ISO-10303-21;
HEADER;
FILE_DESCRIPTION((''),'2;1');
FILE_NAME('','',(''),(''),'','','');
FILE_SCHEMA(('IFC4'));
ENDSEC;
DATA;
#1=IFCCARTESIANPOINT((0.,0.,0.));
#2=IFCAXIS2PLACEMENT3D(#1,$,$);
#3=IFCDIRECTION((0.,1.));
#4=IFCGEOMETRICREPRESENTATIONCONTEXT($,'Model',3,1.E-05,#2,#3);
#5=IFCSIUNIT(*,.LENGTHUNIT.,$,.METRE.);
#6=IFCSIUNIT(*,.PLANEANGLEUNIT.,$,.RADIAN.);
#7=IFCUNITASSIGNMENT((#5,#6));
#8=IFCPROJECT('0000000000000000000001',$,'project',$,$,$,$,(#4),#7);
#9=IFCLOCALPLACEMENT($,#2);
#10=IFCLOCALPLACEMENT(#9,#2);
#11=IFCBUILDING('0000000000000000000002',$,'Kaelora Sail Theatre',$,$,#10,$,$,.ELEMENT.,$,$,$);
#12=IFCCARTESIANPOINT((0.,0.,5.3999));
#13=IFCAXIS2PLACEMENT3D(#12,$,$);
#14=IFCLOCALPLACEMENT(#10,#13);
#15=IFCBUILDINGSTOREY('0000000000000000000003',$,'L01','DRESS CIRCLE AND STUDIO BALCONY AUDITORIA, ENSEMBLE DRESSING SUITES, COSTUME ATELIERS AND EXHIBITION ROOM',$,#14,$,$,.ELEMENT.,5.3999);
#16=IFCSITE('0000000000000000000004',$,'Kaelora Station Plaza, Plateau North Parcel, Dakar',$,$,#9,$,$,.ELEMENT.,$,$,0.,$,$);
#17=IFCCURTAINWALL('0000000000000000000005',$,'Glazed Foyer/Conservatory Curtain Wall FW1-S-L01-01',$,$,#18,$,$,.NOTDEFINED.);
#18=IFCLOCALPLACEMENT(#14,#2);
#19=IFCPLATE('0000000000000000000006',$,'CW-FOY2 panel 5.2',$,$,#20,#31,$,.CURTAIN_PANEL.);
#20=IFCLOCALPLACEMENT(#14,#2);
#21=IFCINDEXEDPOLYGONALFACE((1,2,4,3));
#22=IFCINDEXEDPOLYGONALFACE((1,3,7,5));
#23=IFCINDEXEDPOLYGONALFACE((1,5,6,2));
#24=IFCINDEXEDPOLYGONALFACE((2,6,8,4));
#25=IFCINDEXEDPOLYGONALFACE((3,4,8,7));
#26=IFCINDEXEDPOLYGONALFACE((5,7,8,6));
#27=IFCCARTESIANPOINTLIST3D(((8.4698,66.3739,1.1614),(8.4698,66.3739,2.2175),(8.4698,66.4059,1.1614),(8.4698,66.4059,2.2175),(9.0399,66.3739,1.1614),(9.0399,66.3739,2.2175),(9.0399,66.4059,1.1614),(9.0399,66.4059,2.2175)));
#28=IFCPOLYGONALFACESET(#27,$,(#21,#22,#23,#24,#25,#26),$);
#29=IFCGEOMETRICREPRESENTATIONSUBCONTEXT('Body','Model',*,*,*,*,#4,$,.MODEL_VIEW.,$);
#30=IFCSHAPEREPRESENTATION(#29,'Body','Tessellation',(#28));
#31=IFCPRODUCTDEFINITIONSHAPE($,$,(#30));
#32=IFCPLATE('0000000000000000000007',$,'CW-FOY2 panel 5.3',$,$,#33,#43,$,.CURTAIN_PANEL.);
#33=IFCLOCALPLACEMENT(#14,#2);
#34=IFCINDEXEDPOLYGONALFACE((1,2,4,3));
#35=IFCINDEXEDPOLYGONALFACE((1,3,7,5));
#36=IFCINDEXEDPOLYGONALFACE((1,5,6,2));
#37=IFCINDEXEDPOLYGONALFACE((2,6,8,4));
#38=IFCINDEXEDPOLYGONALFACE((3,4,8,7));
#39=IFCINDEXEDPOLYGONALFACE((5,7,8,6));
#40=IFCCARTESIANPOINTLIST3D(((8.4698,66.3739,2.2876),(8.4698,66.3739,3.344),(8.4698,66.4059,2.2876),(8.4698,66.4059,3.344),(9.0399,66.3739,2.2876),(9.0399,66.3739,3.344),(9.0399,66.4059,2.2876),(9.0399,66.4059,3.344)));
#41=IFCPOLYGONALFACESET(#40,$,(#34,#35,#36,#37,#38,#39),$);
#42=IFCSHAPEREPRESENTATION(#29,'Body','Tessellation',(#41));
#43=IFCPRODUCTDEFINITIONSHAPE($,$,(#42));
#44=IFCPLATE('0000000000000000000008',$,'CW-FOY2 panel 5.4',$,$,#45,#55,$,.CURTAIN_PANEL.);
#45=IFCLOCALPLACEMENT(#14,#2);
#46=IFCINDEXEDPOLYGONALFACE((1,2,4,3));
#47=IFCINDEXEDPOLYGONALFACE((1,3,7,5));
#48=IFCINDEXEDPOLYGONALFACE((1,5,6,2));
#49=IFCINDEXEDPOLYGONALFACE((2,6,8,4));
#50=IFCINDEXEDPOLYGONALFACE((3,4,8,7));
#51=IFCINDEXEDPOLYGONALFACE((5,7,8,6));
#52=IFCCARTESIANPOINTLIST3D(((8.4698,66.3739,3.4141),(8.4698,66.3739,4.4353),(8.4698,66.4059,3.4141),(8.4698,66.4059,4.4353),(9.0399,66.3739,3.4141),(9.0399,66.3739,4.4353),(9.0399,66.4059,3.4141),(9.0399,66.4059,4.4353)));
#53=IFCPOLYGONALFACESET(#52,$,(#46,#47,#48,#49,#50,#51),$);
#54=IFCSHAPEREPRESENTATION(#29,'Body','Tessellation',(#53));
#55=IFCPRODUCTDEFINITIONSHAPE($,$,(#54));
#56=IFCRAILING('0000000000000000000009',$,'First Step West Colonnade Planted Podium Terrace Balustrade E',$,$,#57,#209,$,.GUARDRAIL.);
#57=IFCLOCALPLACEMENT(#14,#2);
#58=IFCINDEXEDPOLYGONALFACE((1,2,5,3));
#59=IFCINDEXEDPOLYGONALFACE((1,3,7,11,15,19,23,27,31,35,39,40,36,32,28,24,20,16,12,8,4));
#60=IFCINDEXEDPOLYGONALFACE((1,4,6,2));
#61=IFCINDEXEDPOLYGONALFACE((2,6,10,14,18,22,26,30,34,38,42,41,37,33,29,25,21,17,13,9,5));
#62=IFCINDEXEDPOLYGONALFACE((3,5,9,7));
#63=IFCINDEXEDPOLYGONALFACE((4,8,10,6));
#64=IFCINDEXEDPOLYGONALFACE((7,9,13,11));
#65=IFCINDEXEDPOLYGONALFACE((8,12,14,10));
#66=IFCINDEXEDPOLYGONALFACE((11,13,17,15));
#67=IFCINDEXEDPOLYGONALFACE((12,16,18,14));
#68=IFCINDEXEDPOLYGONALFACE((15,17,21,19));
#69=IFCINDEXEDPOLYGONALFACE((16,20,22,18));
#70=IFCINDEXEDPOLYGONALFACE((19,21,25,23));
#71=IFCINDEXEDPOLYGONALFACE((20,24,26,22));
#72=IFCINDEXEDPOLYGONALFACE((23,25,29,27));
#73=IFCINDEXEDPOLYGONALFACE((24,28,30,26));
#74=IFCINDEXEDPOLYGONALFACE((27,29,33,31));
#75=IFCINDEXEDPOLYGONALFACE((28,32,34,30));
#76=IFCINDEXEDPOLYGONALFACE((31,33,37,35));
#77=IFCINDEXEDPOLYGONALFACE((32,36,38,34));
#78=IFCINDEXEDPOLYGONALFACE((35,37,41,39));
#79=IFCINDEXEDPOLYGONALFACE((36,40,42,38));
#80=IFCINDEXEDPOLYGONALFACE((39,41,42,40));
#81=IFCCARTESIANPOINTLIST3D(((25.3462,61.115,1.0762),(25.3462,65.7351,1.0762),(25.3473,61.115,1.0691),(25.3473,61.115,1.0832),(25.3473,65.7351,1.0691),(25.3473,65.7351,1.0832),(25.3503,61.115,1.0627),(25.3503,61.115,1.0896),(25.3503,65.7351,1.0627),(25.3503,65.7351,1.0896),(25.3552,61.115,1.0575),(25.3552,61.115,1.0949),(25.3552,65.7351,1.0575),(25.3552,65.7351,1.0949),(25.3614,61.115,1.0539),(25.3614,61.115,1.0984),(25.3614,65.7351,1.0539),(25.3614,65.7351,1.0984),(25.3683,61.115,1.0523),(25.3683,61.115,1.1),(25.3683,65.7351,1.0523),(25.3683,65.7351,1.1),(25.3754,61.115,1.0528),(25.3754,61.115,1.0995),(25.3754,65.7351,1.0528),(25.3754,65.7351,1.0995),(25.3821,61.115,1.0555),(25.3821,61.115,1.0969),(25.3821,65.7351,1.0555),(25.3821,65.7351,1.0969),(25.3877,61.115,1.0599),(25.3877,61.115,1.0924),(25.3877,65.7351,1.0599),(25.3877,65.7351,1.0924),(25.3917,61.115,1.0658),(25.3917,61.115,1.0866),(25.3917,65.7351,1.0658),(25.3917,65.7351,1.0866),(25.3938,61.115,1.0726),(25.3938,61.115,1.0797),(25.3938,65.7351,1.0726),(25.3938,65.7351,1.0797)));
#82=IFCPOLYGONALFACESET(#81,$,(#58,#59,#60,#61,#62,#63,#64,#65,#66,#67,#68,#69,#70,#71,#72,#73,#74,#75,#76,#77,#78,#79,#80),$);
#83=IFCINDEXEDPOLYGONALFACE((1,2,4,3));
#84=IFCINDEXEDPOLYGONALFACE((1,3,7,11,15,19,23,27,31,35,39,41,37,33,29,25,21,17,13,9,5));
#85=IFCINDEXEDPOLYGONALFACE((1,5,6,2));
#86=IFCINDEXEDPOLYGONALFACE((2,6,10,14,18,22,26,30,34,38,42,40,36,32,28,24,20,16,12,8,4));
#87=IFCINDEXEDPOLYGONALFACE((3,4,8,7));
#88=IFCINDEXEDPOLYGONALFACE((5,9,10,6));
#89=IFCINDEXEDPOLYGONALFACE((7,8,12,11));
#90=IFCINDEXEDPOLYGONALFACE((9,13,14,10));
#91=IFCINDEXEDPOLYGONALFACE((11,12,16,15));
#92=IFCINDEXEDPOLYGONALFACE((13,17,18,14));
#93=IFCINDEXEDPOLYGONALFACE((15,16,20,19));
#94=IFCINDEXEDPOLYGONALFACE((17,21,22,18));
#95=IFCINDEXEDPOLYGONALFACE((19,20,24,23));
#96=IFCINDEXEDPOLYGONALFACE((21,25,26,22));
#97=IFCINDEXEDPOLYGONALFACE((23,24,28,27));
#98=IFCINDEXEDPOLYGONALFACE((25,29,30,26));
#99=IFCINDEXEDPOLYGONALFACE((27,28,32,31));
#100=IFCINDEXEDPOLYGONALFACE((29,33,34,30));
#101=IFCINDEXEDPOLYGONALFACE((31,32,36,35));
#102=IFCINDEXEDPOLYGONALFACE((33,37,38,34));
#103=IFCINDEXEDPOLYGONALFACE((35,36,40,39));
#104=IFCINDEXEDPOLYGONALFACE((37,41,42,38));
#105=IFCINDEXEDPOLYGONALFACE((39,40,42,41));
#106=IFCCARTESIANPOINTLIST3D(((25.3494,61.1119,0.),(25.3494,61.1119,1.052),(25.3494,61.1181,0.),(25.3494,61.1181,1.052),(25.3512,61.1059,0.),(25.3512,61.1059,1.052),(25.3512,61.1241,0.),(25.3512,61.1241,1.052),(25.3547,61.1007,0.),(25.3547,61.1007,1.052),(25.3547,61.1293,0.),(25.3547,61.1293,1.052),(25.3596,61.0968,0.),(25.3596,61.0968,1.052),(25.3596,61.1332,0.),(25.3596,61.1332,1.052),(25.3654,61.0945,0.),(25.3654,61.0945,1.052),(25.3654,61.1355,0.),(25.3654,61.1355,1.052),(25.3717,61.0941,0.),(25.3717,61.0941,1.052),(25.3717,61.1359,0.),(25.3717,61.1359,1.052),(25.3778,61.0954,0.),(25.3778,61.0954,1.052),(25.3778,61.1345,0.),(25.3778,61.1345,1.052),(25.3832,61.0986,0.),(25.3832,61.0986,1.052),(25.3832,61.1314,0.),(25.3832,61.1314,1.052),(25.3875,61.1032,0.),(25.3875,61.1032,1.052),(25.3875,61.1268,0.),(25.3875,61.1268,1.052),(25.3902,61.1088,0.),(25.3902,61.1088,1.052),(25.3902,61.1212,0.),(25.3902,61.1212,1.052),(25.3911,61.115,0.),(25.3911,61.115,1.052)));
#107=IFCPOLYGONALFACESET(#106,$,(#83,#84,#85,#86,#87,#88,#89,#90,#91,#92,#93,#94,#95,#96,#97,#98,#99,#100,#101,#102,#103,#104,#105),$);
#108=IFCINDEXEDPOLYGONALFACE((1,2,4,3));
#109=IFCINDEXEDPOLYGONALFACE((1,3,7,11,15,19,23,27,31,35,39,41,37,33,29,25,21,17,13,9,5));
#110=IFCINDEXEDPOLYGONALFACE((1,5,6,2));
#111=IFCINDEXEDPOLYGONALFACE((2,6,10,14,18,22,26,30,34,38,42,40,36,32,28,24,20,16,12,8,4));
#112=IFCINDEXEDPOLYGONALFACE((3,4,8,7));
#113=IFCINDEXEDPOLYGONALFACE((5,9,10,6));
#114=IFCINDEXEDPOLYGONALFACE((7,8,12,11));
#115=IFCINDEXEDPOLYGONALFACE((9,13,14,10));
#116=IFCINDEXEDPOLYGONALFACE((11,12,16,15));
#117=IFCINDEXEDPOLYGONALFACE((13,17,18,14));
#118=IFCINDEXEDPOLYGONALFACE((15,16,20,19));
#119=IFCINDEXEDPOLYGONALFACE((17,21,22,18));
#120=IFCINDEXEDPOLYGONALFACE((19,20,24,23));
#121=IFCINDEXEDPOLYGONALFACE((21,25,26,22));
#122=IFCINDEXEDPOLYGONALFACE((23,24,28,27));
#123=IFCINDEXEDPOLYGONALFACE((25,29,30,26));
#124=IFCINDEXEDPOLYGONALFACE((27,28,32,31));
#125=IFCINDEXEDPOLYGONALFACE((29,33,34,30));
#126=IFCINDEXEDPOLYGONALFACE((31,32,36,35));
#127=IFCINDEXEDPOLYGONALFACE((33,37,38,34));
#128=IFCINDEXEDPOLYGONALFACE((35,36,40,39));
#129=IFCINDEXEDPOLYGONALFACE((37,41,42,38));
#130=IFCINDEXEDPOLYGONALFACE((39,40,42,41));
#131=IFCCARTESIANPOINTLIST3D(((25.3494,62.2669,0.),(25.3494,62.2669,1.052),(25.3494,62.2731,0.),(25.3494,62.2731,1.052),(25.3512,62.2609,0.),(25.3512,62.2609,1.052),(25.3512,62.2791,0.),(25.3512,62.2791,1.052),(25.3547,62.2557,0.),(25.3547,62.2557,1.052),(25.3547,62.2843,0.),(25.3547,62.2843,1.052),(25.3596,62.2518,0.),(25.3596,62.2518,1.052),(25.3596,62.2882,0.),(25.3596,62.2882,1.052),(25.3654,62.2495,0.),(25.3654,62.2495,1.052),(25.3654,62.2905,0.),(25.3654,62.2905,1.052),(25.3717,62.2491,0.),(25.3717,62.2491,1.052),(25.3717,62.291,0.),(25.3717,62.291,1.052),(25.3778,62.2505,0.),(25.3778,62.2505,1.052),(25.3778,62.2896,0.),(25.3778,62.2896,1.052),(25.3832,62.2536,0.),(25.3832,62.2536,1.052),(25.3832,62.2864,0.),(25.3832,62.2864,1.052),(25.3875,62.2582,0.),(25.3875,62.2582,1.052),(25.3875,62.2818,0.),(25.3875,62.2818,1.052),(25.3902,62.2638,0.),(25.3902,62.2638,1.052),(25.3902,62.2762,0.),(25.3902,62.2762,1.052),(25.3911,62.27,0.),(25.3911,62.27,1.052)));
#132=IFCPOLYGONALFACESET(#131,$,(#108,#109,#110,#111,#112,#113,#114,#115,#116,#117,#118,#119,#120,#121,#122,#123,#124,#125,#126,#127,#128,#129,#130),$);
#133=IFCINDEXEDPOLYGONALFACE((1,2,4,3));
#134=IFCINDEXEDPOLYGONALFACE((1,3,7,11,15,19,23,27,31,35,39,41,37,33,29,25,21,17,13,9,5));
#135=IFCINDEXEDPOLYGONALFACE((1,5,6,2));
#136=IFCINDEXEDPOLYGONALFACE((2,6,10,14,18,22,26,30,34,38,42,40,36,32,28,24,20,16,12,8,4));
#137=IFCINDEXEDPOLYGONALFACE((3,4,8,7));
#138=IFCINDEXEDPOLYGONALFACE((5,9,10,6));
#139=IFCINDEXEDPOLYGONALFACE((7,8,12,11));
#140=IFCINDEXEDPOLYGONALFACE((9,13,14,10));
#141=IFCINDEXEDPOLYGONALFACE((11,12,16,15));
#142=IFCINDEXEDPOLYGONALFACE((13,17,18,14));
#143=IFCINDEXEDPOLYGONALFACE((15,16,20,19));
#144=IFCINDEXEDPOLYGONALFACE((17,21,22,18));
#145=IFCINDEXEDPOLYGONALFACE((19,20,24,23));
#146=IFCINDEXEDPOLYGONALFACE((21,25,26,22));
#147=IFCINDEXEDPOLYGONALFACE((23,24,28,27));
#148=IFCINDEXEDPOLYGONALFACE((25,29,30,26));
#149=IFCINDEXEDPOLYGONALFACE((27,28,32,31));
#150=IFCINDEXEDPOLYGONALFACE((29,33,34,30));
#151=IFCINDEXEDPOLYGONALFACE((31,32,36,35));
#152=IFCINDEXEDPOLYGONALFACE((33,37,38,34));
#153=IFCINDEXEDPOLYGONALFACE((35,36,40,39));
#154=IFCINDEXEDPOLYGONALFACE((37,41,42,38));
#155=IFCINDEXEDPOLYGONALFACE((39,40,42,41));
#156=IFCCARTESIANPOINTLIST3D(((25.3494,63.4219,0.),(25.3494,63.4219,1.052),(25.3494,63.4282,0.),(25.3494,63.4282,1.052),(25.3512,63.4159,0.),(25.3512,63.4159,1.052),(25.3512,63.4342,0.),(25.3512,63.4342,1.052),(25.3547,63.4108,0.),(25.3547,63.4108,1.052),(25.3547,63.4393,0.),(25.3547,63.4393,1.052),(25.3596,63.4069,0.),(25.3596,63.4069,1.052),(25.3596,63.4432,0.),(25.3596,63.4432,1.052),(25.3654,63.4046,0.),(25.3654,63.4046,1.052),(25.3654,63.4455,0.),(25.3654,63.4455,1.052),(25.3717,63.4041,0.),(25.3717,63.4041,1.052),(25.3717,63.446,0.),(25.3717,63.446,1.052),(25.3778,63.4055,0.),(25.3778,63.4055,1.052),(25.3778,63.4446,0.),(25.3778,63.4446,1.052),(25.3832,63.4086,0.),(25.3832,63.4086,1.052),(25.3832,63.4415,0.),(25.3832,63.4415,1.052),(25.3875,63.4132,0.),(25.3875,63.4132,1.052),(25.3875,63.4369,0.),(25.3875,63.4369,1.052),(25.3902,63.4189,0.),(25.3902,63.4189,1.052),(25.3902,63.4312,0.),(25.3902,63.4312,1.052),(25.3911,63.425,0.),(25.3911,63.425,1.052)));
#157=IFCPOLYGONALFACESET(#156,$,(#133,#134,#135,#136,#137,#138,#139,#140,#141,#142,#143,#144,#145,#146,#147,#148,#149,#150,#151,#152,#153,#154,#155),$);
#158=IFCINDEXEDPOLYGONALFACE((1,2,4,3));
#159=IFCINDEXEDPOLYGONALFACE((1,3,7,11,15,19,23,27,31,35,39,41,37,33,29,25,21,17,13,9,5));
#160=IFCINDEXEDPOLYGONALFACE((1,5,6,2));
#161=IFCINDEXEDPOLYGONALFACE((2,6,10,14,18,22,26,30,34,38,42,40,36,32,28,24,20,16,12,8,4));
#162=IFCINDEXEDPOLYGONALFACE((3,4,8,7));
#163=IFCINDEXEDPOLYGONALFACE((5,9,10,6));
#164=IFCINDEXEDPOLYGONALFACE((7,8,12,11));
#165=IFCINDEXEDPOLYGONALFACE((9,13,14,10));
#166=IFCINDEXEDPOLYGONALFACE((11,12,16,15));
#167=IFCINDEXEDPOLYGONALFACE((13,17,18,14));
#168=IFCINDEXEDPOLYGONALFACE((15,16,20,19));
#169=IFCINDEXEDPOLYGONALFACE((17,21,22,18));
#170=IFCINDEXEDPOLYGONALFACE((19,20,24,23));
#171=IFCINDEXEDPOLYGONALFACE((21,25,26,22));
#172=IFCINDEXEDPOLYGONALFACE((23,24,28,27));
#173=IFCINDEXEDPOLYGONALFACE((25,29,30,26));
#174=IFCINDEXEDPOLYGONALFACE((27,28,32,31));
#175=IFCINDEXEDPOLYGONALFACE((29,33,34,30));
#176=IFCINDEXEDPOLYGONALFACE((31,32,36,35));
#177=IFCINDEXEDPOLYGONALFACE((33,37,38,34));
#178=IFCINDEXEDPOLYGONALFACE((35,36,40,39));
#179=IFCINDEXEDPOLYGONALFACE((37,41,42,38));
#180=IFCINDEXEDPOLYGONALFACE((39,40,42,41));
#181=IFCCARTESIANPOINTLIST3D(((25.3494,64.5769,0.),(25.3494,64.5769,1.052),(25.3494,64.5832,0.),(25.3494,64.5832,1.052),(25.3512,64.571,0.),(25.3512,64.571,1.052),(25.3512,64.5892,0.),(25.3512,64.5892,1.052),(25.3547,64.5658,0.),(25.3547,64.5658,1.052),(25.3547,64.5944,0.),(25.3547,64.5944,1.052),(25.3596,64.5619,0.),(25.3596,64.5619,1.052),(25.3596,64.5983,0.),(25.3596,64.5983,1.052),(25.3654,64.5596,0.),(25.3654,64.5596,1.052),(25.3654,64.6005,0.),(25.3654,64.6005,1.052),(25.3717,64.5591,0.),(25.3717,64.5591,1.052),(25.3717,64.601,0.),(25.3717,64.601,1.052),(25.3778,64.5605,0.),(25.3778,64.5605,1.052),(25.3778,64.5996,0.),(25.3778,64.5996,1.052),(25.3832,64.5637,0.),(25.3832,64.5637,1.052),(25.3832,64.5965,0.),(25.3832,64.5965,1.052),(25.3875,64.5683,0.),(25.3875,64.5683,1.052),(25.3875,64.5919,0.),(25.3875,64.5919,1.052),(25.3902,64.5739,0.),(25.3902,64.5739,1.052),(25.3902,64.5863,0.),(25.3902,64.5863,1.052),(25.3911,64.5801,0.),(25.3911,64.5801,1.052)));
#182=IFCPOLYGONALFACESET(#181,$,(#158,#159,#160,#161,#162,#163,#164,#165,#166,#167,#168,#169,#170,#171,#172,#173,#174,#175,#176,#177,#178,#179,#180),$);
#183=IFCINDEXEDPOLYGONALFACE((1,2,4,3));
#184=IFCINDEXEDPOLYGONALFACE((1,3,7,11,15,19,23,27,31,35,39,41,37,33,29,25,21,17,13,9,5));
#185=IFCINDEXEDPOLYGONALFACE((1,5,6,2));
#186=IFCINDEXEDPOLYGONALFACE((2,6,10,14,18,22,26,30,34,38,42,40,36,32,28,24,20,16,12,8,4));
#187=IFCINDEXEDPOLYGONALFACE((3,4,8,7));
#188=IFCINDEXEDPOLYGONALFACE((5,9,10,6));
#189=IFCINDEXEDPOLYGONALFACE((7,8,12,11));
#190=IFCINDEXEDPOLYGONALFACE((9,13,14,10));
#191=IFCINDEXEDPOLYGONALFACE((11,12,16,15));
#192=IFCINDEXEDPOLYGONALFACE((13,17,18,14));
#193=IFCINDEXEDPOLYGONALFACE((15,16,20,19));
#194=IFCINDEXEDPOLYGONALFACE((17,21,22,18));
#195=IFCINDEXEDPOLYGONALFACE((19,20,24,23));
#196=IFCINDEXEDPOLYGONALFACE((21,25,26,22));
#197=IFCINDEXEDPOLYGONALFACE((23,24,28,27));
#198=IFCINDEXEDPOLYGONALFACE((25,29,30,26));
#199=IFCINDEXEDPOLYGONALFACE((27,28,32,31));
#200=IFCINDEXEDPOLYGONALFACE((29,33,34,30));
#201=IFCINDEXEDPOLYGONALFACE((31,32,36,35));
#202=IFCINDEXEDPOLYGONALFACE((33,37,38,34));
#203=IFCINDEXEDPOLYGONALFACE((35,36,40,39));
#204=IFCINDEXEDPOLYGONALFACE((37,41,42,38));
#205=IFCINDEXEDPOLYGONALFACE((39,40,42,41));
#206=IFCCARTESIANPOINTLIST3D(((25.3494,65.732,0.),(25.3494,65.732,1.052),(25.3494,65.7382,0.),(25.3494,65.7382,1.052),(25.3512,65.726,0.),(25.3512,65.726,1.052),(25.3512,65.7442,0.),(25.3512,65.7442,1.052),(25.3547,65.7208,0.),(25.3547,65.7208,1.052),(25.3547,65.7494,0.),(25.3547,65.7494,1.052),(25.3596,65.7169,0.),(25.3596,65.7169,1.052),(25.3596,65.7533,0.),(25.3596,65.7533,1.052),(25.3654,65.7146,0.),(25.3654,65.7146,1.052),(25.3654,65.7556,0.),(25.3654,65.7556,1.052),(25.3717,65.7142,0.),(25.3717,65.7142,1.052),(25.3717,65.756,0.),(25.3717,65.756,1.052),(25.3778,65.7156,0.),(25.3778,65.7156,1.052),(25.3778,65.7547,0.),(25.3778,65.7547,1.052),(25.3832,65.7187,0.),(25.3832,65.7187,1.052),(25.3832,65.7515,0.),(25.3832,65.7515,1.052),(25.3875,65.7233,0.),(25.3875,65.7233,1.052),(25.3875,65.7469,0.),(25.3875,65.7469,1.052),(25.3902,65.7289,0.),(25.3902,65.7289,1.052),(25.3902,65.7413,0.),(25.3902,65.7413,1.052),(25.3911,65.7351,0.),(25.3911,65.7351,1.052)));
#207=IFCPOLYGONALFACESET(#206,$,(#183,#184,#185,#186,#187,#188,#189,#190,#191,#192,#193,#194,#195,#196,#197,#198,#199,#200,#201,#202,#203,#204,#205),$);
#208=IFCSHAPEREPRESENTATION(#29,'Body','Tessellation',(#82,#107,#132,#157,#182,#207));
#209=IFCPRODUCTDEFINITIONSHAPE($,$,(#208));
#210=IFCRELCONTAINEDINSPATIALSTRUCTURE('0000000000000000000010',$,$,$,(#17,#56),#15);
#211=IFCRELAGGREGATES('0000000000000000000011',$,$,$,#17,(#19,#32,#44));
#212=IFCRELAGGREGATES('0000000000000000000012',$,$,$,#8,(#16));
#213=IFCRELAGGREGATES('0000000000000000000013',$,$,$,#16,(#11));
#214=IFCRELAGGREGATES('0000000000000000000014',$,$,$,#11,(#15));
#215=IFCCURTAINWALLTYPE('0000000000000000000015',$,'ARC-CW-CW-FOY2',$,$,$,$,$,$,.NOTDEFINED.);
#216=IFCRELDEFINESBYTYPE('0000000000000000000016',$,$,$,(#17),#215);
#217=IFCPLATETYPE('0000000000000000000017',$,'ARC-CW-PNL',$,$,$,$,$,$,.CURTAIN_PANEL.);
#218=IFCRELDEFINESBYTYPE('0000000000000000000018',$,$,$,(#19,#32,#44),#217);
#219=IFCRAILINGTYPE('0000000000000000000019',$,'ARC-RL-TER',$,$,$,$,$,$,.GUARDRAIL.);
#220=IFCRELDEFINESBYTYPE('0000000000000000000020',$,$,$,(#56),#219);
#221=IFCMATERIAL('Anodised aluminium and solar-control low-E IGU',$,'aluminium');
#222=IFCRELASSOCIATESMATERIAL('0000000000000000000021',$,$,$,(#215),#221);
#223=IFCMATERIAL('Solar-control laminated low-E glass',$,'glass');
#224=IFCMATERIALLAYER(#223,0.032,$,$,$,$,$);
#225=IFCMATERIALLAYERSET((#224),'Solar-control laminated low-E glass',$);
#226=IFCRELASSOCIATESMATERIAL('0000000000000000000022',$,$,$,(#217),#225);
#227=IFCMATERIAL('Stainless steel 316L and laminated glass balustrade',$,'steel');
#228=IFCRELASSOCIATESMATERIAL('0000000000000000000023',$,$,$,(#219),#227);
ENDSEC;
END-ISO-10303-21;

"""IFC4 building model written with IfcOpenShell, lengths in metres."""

from ifc_helpers import new_model, si_unit, direction, frame, origin, origin_2d, place, context, subcontext, project, spatial, rectangle, circle, extrude, material, layer, layer_set, type_object, element, aggregate, save


model = new_model("IFC4")

# Units and contexts
model_context = context("Model", 3, precision=1e-05, world=origin(), true_north=direction((0.0, 1.0)))
body_context = subcontext(model_context, "Body", "Model", "MODEL_VIEW")
ifc_project = project(units=[si_unit("LENGTHUNIT", "METRE"), si_unit("PLANEANGLEUNIT", "RADIAN")], contexts=[model_context])

# Site, building, storey
site_placement = place(None, origin())
site = spatial("IfcSite", under=ifc_project, at=site_placement, Name="Kaelora Station Plaza, Plateau North Parcel, Dakar", CompositionType="ELEMENT", RefElevation=0.0)
building_placement = place(site_placement, origin())
building = spatial("IfcBuilding", under=site, at=building_placement, Name="Kaelora Sail Theatre", CompositionType="ELEMENT")
storey_placement = place(building_placement, frame((0.0, 0.0, 5.3999)))
storey = spatial("IfcBuildingStorey", under=building, at=storey_placement, Name="L01", Description="DRESS CIRCLE AND STUDIO BALCONY AUDITORIA, ENSEMBLE DRESSING SUITES, COSTUME ATELIERS AND EXHIBITION ROOM", CompositionType="ELEMENT", Elevation=5.3999)

# Curtain wall
ifc_material_1 = material(Name="Anodised aluminium and solar-control low-E IGU", Category="aluminium")
curtain_wall_type = type_object("IfcCurtainWallType", Name="ARC-CW-CW-FOY2", PredefinedType="NOTDEFINED", material=ifc_material_1)
curtain_wall_1_placement = place(storey_placement, origin())
curtain_wall_1 = element("IfcCurtainWall", 1, at=curtain_wall_1_placement, inside=storey, type_object=curtain_wall_type, Name="Glazed Foyer/Conservatory Curtain Wall FW1-S-L01-01", PredefinedType="NOTDEFINED")

# Plates
ifc_material_2 = material(Name="Solar-control laminated low-E glass", Category="glass")
ifc_layer = layer(ifc_material_2, 0.032)
ifc_layer_set = layer_set([ifc_layer], Name="Solar-control laminated low-E glass")
plate_type = type_object("IfcPlateType", Name="ARC-CW-PNL", PredefinedType="CURTAIN_PANEL", material=ifc_layer_set)
plate_1_placement = place(storey_placement, frame((8.7549, 66.3899, 1.1614), z_axis=(0.0, 0.0, 1.0), x_axis=(1.0, 0.0, 0.0)))
plate_1 = element("IfcPlate", 2, at=plate_1_placement, type_object=plate_type, Name="CW-FOY2 panel 5.2", PredefinedType="CURTAIN_PANEL", context=body_context, shape_type="SweptSolid", body=[
    extrude(rectangle(XDim=0.5701, YDim=0.032, at=origin_2d()), origin(), (0.0, 0.0, 1.0), 1.0562),
])
plate_2_placement = place(storey_placement, frame((8.7549, 66.3899, 2.2876), z_axis=(0.0, 0.0, 1.0), x_axis=(1.0, 0.0, 0.0)))
plate_2 = element("IfcPlate", 3, at=plate_2_placement, type_object=plate_type, Name="CW-FOY2 panel 5.3", PredefinedType="CURTAIN_PANEL", context=body_context, shape_type="SweptSolid", body=[
    extrude(rectangle(XDim=0.5701, YDim=0.032, at=origin_2d()), origin(), (0.0, 0.0, 1.0), 1.0564),
])
plate_3_placement = place(storey_placement, frame((8.7549, 66.3899, 3.4141), z_axis=(0.0, 0.0, 1.0), x_axis=(1.0, 0.0, 0.0)))
plate_3 = element("IfcPlate", 4, at=plate_3_placement, type_object=plate_type, Name="CW-FOY2 panel 5.4", PredefinedType="CURTAIN_PANEL", context=body_context, shape_type="SweptSolid", body=[
    extrude(rectangle(XDim=0.5701, YDim=0.032, at=origin_2d()), origin(), (0.0, 0.0, 1.0), 1.0212),
])
aggregate(curtain_wall_1, [plate_1, plate_2, plate_3])

# Railing
ifc_material_3 = material(Name="Stainless steel 316L and laminated glass balustrade", Category="steel")
railing_type = type_object("IfcRailingType", Name="ARC-RL-TER", PredefinedType="GUARDRAIL", material=ifc_material_3)
railing_placement = place(storey_placement, frame((25.3701, 61.115, 0.0)))
element("IfcRailing", 5, at=railing_placement, inside=storey, type_object=railing_type, Name="First Step West Colonnade Planted Podium Terrace Balustrade E", PredefinedType="GUARDRAIL", context=body_context, shape_type="SweptSolid", body=[
    extrude(circle(Radius=0.0239, at=origin_2d()), frame((0.0, 0.0, 1.0762), z_axis=(0.0, 1.0, 0.0), x_axis=(-1.0, 0.0, 0.0)), (0.0, 0.0, 1.0), 4.6201),
    extrude(circle(Radius=0.021, at=origin_2d()), origin(), (0.0, 0.0, 1.0), 1.052),
    extrude(circle(Radius=0.021, at=origin_2d()), frame((0.0, 1.155, 0.0)), (0.0, 0.0, 1.0), 1.052),
    extrude(circle(Radius=0.021, at=origin_2d()), frame((0.0, 2.3101, 0.0)), (0.0, 0.0, 1.0), 1.052),
    extrude(circle(Radius=0.021, at=origin_2d()), frame((0.0, 3.4651, 0.0)), (0.0, 0.0, 1.0), 1.052),
    extrude(circle(Radius=0.021, at=origin_2d()), frame((0.0, 4.6201, 0.0)), (0.0, 0.0, 1.0), 1.052),
])

save(model, "model.ifc")
